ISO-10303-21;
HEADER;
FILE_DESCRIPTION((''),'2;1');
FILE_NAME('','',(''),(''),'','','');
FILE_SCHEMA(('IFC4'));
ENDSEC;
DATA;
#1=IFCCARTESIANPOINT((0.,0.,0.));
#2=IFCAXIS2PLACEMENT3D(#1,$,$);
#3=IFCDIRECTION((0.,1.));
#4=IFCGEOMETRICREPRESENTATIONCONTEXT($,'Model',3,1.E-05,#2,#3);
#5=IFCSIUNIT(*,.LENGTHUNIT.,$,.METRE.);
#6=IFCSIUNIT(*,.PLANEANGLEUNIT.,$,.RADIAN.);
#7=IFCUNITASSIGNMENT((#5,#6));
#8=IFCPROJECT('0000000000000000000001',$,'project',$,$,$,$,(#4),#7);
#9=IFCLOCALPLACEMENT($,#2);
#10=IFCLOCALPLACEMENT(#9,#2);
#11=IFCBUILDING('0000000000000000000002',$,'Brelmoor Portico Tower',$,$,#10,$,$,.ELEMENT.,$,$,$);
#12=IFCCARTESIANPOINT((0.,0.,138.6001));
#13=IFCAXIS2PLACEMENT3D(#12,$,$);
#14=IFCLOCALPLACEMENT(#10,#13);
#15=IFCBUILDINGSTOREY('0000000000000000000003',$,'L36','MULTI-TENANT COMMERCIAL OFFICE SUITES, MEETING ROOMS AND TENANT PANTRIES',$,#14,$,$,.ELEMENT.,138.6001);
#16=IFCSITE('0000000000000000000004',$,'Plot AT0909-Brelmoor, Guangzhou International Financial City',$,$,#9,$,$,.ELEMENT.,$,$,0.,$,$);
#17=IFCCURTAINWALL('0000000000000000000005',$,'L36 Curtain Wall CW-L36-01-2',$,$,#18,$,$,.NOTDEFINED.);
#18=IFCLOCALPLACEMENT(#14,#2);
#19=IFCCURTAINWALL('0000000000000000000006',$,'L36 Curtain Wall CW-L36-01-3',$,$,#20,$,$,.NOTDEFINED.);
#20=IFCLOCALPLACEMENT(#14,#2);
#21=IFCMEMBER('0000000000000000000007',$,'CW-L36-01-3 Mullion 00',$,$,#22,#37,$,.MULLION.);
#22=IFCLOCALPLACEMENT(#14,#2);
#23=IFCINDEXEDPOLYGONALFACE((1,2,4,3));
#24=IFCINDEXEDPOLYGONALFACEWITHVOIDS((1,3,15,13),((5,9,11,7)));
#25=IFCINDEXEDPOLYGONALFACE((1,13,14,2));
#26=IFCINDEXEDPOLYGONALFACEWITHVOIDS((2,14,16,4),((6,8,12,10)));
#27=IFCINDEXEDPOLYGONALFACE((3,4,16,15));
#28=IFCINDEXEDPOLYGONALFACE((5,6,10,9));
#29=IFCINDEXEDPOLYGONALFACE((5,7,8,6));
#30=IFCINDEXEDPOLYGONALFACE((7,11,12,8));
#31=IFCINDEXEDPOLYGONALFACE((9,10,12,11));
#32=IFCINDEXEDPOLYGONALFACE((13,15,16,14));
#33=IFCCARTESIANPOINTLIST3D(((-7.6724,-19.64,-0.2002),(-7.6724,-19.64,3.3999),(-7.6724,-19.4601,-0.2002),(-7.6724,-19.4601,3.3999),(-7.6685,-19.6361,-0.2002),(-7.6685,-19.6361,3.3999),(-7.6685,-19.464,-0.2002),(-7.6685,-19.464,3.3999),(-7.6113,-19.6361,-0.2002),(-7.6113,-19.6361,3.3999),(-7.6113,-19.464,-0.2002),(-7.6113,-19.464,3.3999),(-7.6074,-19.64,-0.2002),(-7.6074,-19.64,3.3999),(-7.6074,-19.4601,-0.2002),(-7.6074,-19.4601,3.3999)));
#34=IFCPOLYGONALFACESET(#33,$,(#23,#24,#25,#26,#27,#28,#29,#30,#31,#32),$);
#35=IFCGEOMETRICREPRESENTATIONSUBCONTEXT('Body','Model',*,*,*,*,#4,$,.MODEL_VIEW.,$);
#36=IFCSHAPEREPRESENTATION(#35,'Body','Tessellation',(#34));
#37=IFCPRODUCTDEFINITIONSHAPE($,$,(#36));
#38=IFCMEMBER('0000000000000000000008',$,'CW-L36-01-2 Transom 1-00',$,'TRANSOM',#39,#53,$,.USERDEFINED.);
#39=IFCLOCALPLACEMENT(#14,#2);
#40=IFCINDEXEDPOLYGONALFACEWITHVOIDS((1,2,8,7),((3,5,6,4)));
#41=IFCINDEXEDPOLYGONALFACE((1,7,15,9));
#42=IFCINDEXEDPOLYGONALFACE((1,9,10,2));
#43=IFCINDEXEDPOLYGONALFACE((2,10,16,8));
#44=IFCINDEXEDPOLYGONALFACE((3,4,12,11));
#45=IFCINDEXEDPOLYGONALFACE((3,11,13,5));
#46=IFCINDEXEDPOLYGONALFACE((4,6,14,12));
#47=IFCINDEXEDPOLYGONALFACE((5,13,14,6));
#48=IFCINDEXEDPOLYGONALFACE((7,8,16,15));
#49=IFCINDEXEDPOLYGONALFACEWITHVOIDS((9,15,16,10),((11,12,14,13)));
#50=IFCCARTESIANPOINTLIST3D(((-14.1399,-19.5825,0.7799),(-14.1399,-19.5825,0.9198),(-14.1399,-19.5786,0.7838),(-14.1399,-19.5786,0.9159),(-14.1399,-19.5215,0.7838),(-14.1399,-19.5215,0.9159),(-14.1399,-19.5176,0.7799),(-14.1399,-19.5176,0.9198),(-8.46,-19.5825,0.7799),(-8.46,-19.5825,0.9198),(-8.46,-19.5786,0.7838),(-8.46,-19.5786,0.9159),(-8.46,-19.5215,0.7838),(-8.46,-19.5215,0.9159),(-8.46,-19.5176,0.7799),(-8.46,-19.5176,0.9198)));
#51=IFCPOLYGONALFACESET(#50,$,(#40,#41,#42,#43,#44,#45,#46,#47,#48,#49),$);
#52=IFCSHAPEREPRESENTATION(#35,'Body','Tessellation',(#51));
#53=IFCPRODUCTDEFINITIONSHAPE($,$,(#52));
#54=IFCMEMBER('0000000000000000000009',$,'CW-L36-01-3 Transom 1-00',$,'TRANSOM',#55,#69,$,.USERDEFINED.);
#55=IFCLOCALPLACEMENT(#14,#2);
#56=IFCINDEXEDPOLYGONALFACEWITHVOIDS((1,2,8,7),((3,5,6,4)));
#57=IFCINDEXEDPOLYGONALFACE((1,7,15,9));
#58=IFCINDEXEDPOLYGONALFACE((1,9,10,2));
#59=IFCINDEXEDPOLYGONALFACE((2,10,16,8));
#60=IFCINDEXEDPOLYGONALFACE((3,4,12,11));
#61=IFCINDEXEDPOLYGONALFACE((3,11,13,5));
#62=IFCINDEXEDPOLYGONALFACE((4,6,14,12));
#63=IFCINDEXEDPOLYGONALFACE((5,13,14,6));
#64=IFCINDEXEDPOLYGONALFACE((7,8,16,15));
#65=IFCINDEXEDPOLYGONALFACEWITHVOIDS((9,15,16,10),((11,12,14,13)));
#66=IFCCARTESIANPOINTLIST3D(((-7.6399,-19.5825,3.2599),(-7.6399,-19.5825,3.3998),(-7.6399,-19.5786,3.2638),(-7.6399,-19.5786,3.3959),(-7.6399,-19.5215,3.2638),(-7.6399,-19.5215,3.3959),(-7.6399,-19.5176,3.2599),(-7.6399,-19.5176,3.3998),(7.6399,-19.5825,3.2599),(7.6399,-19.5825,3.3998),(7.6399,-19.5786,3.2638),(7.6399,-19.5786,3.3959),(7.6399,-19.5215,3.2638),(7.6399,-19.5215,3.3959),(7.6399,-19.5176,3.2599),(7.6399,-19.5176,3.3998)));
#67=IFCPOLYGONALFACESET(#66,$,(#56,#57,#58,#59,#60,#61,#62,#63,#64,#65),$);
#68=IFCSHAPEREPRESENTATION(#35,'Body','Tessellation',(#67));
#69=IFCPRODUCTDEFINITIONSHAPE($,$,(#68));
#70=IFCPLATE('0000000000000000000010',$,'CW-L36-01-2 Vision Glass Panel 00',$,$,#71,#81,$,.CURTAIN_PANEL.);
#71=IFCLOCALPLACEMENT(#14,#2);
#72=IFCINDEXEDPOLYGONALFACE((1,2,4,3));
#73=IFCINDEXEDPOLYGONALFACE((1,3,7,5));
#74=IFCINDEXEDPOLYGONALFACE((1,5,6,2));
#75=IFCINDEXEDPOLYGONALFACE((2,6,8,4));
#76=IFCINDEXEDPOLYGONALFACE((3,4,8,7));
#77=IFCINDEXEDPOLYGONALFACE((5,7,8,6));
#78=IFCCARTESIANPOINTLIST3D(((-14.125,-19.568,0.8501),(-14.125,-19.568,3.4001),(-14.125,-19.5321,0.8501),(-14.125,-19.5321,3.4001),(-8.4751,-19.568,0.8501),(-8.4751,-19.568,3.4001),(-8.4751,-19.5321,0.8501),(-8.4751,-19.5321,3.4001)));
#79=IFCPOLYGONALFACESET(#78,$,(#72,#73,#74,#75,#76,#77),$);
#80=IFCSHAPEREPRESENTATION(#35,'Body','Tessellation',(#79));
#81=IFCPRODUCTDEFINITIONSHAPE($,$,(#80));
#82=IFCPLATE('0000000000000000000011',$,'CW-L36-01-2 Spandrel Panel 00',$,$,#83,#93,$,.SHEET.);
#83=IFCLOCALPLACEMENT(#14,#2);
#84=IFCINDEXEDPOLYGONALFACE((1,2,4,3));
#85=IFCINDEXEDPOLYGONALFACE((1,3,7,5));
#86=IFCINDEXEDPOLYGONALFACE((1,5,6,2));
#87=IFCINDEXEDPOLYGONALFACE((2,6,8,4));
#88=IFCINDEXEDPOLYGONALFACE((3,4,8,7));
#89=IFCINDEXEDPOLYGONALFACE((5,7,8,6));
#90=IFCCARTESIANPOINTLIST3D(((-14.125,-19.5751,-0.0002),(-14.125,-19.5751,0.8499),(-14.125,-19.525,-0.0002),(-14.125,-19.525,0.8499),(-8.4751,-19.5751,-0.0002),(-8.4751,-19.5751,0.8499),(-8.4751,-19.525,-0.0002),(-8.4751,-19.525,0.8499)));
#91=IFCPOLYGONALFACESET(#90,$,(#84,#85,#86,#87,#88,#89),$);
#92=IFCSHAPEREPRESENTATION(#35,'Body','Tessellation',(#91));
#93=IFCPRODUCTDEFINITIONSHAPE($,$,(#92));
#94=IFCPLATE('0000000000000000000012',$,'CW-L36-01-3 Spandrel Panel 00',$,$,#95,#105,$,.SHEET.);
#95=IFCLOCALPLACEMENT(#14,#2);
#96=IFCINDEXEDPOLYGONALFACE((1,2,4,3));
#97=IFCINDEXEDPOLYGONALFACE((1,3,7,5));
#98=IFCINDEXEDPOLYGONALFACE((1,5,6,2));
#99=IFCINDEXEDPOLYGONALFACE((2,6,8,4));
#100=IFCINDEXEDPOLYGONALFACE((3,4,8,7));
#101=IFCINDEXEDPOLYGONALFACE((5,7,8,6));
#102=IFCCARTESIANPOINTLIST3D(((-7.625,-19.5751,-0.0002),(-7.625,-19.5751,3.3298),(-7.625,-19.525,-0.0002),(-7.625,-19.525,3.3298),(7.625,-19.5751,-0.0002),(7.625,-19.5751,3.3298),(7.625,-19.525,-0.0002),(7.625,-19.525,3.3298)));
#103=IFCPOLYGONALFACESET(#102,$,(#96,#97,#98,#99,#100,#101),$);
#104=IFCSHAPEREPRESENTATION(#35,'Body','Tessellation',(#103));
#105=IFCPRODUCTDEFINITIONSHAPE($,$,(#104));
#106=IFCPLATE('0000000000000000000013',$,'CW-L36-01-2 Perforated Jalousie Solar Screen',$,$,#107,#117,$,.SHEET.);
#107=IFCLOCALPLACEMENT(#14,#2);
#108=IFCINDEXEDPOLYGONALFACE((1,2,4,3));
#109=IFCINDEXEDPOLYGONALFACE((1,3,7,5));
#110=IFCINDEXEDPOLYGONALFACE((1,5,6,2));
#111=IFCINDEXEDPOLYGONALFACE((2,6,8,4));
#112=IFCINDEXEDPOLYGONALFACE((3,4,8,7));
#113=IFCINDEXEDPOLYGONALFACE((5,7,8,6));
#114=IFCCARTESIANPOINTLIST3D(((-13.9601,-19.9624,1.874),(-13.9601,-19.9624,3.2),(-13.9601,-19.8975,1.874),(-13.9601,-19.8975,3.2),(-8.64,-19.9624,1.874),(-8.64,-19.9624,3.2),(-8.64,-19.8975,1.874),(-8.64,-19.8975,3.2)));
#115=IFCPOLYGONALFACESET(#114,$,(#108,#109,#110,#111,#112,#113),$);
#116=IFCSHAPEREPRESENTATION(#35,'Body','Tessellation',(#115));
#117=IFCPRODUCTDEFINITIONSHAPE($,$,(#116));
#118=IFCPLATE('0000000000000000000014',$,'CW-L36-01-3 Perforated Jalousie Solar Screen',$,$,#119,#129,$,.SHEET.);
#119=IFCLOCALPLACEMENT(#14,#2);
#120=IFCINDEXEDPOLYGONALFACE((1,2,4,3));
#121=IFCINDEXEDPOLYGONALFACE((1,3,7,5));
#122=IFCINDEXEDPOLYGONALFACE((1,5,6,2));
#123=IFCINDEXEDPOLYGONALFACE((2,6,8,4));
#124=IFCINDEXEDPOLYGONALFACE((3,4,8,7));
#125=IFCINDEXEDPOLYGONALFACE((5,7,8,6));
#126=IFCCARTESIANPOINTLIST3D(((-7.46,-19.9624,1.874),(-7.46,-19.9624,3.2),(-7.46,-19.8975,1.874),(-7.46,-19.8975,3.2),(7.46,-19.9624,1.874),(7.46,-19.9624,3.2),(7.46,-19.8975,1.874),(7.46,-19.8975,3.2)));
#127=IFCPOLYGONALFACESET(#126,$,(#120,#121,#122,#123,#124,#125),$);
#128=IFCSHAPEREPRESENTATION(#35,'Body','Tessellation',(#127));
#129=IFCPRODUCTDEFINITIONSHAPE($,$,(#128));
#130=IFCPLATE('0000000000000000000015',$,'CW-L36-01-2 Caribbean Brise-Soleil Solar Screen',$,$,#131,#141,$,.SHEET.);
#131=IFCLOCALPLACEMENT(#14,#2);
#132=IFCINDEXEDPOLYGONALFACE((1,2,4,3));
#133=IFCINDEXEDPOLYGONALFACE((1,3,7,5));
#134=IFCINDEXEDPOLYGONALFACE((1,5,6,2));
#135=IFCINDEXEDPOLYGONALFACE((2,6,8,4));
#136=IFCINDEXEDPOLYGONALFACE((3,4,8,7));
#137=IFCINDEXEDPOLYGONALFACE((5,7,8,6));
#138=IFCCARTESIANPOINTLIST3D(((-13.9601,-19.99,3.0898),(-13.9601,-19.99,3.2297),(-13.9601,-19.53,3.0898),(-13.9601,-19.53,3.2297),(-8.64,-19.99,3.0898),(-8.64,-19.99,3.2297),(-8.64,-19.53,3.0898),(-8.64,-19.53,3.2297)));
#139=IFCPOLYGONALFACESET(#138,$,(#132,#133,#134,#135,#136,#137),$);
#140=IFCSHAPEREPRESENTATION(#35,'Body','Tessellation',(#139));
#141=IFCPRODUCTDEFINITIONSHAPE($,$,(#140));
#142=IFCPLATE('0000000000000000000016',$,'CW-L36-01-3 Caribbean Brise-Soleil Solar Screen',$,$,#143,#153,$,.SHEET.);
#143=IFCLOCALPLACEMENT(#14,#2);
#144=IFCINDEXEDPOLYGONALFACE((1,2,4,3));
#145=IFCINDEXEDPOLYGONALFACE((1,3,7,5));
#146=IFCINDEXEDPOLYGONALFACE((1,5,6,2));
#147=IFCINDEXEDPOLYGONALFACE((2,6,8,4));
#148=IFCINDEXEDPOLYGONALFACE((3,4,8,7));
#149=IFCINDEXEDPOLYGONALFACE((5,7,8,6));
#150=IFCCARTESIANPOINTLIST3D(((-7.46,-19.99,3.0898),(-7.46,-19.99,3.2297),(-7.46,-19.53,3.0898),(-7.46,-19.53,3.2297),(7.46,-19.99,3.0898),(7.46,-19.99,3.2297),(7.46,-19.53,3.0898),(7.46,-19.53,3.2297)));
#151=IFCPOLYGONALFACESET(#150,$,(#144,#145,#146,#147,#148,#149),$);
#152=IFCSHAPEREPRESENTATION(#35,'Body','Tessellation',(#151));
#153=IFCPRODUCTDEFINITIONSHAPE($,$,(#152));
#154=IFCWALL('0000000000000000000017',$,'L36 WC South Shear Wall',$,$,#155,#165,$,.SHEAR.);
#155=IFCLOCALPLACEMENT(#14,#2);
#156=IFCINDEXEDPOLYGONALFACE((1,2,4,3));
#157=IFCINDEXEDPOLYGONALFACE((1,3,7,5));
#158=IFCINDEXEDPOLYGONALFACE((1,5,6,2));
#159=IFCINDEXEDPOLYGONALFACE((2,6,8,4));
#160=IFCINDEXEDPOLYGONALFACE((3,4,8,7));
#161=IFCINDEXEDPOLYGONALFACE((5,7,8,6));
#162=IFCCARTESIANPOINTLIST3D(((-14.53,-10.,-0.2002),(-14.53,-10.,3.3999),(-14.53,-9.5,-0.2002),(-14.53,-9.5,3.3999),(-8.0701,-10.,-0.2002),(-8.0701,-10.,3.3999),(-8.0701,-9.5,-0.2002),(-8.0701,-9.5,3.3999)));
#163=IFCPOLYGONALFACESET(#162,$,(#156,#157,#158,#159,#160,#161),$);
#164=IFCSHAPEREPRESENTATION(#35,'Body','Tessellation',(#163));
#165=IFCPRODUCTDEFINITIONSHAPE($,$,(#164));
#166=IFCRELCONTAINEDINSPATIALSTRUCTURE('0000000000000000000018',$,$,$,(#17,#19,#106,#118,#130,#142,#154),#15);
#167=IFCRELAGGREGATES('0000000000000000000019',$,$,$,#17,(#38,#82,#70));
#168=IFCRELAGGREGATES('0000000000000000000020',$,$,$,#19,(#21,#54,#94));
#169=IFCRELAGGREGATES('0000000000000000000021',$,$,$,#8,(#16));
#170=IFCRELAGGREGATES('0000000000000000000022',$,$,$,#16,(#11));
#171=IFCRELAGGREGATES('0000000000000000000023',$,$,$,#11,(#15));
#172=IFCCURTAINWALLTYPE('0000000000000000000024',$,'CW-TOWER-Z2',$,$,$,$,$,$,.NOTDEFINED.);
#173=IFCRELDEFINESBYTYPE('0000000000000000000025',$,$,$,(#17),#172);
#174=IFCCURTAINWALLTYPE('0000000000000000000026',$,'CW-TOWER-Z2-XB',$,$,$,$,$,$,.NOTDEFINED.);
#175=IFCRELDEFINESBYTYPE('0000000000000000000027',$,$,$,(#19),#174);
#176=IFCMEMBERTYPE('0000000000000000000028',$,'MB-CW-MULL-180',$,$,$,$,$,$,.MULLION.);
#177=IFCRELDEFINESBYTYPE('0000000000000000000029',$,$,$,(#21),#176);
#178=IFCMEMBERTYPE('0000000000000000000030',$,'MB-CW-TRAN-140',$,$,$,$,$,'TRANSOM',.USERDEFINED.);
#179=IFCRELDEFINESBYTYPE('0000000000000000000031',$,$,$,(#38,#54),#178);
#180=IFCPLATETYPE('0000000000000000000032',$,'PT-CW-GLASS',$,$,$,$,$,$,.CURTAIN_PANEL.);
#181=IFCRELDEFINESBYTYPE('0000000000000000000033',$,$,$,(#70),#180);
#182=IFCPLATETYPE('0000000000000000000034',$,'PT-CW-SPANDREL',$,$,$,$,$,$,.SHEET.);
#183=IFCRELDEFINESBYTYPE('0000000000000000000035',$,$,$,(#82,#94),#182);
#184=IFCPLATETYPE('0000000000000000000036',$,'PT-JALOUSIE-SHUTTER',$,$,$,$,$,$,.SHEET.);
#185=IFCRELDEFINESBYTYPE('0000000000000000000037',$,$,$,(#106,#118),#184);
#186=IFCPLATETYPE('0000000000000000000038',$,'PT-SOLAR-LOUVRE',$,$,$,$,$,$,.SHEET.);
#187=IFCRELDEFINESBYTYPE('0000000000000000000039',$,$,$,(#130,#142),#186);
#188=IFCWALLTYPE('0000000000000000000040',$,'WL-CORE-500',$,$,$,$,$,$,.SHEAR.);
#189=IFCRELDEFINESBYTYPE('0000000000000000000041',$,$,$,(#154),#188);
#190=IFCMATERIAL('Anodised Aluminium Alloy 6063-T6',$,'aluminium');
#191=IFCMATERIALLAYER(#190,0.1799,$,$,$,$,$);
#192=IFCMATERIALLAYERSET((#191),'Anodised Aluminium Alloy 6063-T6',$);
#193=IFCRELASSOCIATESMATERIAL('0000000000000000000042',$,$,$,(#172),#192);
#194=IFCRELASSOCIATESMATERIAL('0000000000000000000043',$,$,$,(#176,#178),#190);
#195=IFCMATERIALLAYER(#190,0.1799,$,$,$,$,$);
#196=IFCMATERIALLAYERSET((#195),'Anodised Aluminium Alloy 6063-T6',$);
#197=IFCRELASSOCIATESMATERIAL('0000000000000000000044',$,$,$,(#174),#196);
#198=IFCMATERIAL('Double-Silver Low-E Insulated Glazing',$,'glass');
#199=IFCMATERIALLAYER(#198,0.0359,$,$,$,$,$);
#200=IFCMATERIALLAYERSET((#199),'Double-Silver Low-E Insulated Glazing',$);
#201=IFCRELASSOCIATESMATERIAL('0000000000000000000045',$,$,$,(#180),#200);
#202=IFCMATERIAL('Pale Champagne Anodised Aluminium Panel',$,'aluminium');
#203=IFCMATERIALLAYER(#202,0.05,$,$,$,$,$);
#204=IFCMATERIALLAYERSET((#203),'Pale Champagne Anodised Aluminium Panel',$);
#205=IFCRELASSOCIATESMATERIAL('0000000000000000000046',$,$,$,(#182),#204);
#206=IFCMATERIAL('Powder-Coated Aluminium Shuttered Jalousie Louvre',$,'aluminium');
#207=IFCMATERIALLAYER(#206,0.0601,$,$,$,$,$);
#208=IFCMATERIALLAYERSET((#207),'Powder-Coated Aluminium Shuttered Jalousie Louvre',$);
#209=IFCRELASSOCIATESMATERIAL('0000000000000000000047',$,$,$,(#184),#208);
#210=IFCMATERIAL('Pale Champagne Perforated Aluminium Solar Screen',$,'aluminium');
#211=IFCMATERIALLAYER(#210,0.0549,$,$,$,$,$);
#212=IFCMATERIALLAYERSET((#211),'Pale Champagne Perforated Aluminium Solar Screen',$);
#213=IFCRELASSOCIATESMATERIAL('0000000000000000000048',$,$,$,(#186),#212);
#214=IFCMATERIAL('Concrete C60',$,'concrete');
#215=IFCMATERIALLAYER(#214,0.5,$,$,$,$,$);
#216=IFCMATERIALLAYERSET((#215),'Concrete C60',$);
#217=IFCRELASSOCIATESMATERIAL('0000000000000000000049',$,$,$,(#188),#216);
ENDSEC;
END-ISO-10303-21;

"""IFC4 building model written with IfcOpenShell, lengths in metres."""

from ifc_helpers import new_model, si_unit, direction, frame, frame_2d, origin, origin_2d, place, context, subcontext, project, spatial, rectangle, hollow_rectangle, extrude, material, layer, layer_set, material_profile, profile_set, type_object, element, aggregate, save


model = new_model("IFC4")

# Units and contexts
model_context = context("Model", 3, precision=1e-05, world=origin(), true_north=direction((0.0, 1.0)))
body_context = subcontext(model_context, "Body", "Model", "MODEL_VIEW")
ifc_project = project(units=[si_unit("LENGTHUNIT", "METRE"), si_unit("PLANEANGLEUNIT", "RADIAN")], contexts=[model_context])

# Site, building, storey
site_placement = place(None, origin())
site = spatial("IfcSite", under=ifc_project, at=site_placement, Name="Plot AT0909-Brelmoor, Guangzhou International Financial City", CompositionType="ELEMENT", RefElevation=0.0)
building_placement = place(site_placement, origin())
building = spatial("IfcBuilding", under=site, at=building_placement, Name="Brelmoor Portico Tower", CompositionType="ELEMENT")
storey_placement = place(building_placement, frame((0.0, 0.0, 138.6001)))
storey = spatial("IfcBuildingStorey", under=building, at=storey_placement, Name="L36", Description="MULTI-TENANT COMMERCIAL OFFICE SUITES, MEETING ROOMS AND TENANT PANTRIES", CompositionType="ELEMENT", Elevation=138.6001)

# Curtain wall
ifc_material_1 = material(Name="Anodised Aluminium Alloy 6063-T6", Category="aluminium")
ifc_layer_1 = layer(ifc_material_1, 0.1799)
ifc_layer_set_1 = layer_set([ifc_layer_1], Name="Anodised Aluminium Alloy 6063-T6")
curtain_wall_type_1 = type_object("IfcCurtainWallType", Name="CW-TOWER-Z2", PredefinedType="NOTDEFINED", material=ifc_layer_set_1)
curtain_wall_1_placement = place(storey_placement, origin())
curtain_wall_1 = element("IfcCurtainWall", 1, at=curtain_wall_1_placement, inside=storey, type_object=curtain_wall_type_1, Name="L36 Curtain Wall CW-L36-01-2", PredefinedType="NOTDEFINED")
ifc_material_profile_1 = material_profile(ifc_material_1, hollow_rectangle(XDim=0.0649, YDim=0.1799, WallThickness=0.0039, at=origin_2d()), Name="ALU MULLION 65x180")
ifc_profile_set_1 = profile_set([ifc_material_profile_1], Name="Anodised Aluminium Alloy 6063-T6")
member_type_1 = type_object("IfcMemberType", Name="MB-CW-MULL-180", PredefinedType="MULLION", material=ifc_profile_set_1)

# Curtain wall, member
ifc_layer_2 = layer(ifc_material_1, 0.1799)
ifc_layer_set_2 = layer_set([ifc_layer_2], Name="Anodised Aluminium Alloy 6063-T6")
curtain_wall_type_2 = type_object("IfcCurtainWallType", Name="CW-TOWER-Z2-XB", PredefinedType="NOTDEFINED", material=ifc_layer_set_2)
curtain_wall_2_placement = place(storey_placement, origin())
curtain_wall_2 = element("IfcCurtainWall", 2, at=curtain_wall_2_placement, inside=storey, type_object=curtain_wall_type_2, Name="L36 Curtain Wall CW-L36-01-3", PredefinedType="NOTDEFINED")
member_1_placement = place(storey_placement, frame((-7.6399, -19.55, -0.2002), z_axis=(0.0, 0.0, 1.0), x_axis=(1.0, 0.0, 0.0)))
member_1 = element("IfcMember", 3, at=member_1_placement, type_object=member_type_1, Name="CW-L36-01-3 Mullion 00", PredefinedType="MULLION", context=body_context, shape_type="SweptSolid", body=[
    extrude(hollow_rectangle(XDim=0.0649, YDim=0.1799, WallThickness=0.0039, at=origin_2d()), origin(), (0.0, 0.0, 1.0), 3.6001),
])

# Members
ifc_material_profile_2 = material_profile(ifc_material_1, hollow_rectangle(XDim=0.0649, YDim=0.1399, WallThickness=0.0039, at=origin_2d()), Name="ALU TRANSOM 65x140")
ifc_profile_set_2 = profile_set([ifc_material_profile_2], Name="Anodised Aluminium Alloy 6063-T6")
member_type_2 = type_object("IfcMemberType", Name="MB-CW-TRAN-140", ElementType="TRANSOM", PredefinedType="USERDEFINED", material=ifc_profile_set_2)
member_2_placement = place(storey_placement, frame((-14.1399, -19.55, 0.8499), z_axis=(1.0, 0.0, 0.0), x_axis=(0.0, 1.0, 0.0)))
member_2 = element("IfcMember", 4, at=member_2_placement, type_object=member_type_2, Name="CW-L36-01-2 Transom 1-00", ObjectType="TRANSOM", PredefinedType="USERDEFINED", context=body_context, shape_type="SweptSolid", body=[
    extrude(hollow_rectangle(XDim=0.0649, YDim=0.1399, WallThickness=0.0039, at=origin_2d()), origin(), (0.0, 0.0, 1.0), 5.6799),
])
member_3_placement = place(storey_placement, frame((-7.6399, -19.55, 3.3298), z_axis=(1.0, 0.0, 0.0), x_axis=(0.0, 1.0, 0.0)))
member_3 = element("IfcMember", 5, at=member_3_placement, type_object=member_type_2, Name="CW-L36-01-3 Transom 1-00", ObjectType="TRANSOM", PredefinedType="USERDEFINED", context=body_context, shape_type="SweptSolid", body=[
    extrude(hollow_rectangle(XDim=0.0649, YDim=0.1399, WallThickness=0.0039, at=origin_2d()), origin(), (0.0, 0.0, 1.0), 15.2798),
])

# Plates
ifc_material_2 = material(Name="Double-Silver Low-E Insulated Glazing", Category="glass")
ifc_layer_3 = layer(ifc_material_2, 0.0359)
ifc_layer_set_3 = layer_set([ifc_layer_3], Name="Double-Silver Low-E Insulated Glazing")
plate_type_1 = type_object("IfcPlateType", Name="PT-CW-GLASS", PredefinedType="CURTAIN_PANEL", material=ifc_layer_set_3)
plate_1_placement = place(storey_placement, frame((-11.3, -19.55, 0.8501), z_axis=(0.0, 0.0, 1.0), x_axis=(1.0, 0.0, 0.0)))
plate_1 = element("IfcPlate", 6, at=plate_1_placement, type_object=plate_type_1, Name="CW-L36-01-2 Vision Glass Panel 00", PredefinedType="CURTAIN_PANEL", context=body_context, shape_type="SweptSolid", body=[
    extrude(rectangle(XDim=5.6499, YDim=0.0359, at=origin_2d()), origin(), (0.0, 0.0, 1.0), 2.55),
])
ifc_material_3 = material(Name="Pale Champagne Anodised Aluminium Panel", Category="aluminium")
ifc_layer_4 = layer(ifc_material_3, 0.05)
ifc_layer_set_4 = layer_set([ifc_layer_4], Name="Pale Champagne Anodised Aluminium Panel")
plate_type_2 = type_object("IfcPlateType", Name="PT-CW-SPANDREL", PredefinedType="SHEET", material=ifc_layer_set_4)
plate_2_placement = place(storey_placement, frame((-11.3, -19.55, -0.0002), z_axis=(0.0, 0.0, 1.0), x_axis=(1.0, 0.0, 0.0)))
plate_2 = element("IfcPlate", 7, at=plate_2_placement, type_object=plate_type_2, Name="CW-L36-01-2 Spandrel Panel 00", PredefinedType="SHEET", context=body_context, shape_type="SweptSolid", body=[
    extrude(rectangle(XDim=5.6499, YDim=0.05, at=origin_2d()), origin(), (0.0, 0.0, 1.0), 0.8501),
])
aggregate(curtain_wall_1, [member_2, plate_2, plate_1])
plate_3_placement = place(storey_placement, frame((0.0, -19.55, -0.0002), z_axis=(0.0, 0.0, 1.0), x_axis=(1.0, 0.0, 0.0)))
plate_3 = element("IfcPlate", 8, at=plate_3_placement, type_object=plate_type_2, Name="CW-L36-01-3 Spandrel Panel 00", PredefinedType="SHEET", context=body_context, shape_type="SweptSolid", body=[
    extrude(rectangle(XDim=15.25, YDim=0.05, at=origin_2d()), origin(), (0.0, 0.0, 1.0), 3.3301),
])
aggregate(curtain_wall_2, [member_1, member_3, plate_3])

# Plates
ifc_material_4 = material(Name="Powder-Coated Aluminium Shuttered Jalousie Louvre", Category="aluminium")
ifc_layer_5 = layer(ifc_material_4, 0.0601)
ifc_layer_set_5 = layer_set([ifc_layer_5], Name="Powder-Coated Aluminium Shuttered Jalousie Louvre")
plate_type_3 = type_object("IfcPlateType", Name="PT-JALOUSIE-SHUTTER", PredefinedType="SHEET", material=ifc_layer_set_5)
plate_4_placement = place(storey_placement, frame((-11.3, -19.9299, 1.874), z_axis=(0.0, 0.0, 1.0), x_axis=(1.0, 0.0, 0.0)))
element("IfcPlate", 9, at=plate_4_placement, inside=storey, type_object=plate_type_3, Name="CW-L36-01-2 Perforated Jalousie Solar Screen", PredefinedType="SHEET", context=body_context, shape_type="SweptSolid", body=[
    extrude(rectangle(XDim=5.3201, YDim=0.0649, at=origin_2d()), origin(), (0.0, 0.0, 1.0), 1.3259),
])
plate_5_placement = place(storey_placement, frame((0.0, -19.9299, 1.874), z_axis=(0.0, 0.0, 1.0), x_axis=(1.0, 0.0, 0.0)))
element("IfcPlate", 10, at=plate_5_placement, inside=storey, type_object=plate_type_3, Name="CW-L36-01-3 Perforated Jalousie Solar Screen", PredefinedType="SHEET", context=body_context, shape_type="SweptSolid", body=[
    extrude(rectangle(XDim=14.9199, YDim=0.0649, at=origin_2d()), origin(), (0.0, 0.0, 1.0), 1.3259),
])
ifc_material_5 = material(Name="Pale Champagne Perforated Aluminium Solar Screen", Category="aluminium")
ifc_layer_6 = layer(ifc_material_5, 0.0549)
ifc_layer_set_6 = layer_set([ifc_layer_6], Name="Pale Champagne Perforated Aluminium Solar Screen")
plate_type_4 = type_object("IfcPlateType", Name="PT-SOLAR-LOUVRE", PredefinedType="SHEET", material=ifc_layer_set_6)
plate_6_placement = place(storey_placement, frame((-11.3, -19.76, 3.0898), z_axis=(0.0, 0.0, 1.0), x_axis=(1.0, 0.0, 0.0)))
element("IfcPlate", 11, at=plate_6_placement, inside=storey, type_object=plate_type_4, Name="CW-L36-01-2 Caribbean Brise-Soleil Solar Screen", PredefinedType="SHEET", context=body_context, shape_type="SweptSolid", body=[
    extrude(rectangle(XDim=5.3201, YDim=0.46, at=origin_2d()), origin(), (0.0, 0.0, 1.0), 0.1399),
])
plate_7_placement = place(storey_placement, frame((0.0, -19.76, 3.0898), z_axis=(0.0, 0.0, 1.0), x_axis=(1.0, 0.0, 0.0)))
element("IfcPlate", 12, at=plate_7_placement, inside=storey, type_object=plate_type_4, Name="CW-L36-01-3 Caribbean Brise-Soleil Solar Screen", PredefinedType="SHEET", context=body_context, shape_type="SweptSolid", body=[
    extrude(rectangle(XDim=14.9199, YDim=0.46, at=origin_2d()), origin(), (0.0, 0.0, 1.0), 0.1399),
])

# Wall
ifc_material_6 = material(Name="Concrete C60", Category="concrete")
ifc_layer_7 = layer(ifc_material_6, 0.5)
ifc_layer_set_7 = layer_set([ifc_layer_7], Name="Concrete C60")
wall_type_1 = type_object("IfcWallType", Name="WL-CORE-500", PredefinedType="SHEAR", material=ifc_layer_set_7)
wall_1_placement = place(storey_placement, frame((-14.53, -9.75, -0.2002), z_axis=(0.0, 0.0, 1.0), x_axis=(1.0, 0.0, 0.0)))
element("IfcWall", 13, at=wall_1_placement, inside=storey, type_object=wall_type_1, Name="L36 WC South Shear Wall", PredefinedType="SHEAR", context=body_context, shape_type="SweptSolid", body=[
    extrude(rectangle(XDim=6.46, YDim=0.5, at=frame_2d((3.23, 0.0))), origin(), (0.0, 0.0, 1.0), 3.6001),
])

save(model, "model.ifc")
